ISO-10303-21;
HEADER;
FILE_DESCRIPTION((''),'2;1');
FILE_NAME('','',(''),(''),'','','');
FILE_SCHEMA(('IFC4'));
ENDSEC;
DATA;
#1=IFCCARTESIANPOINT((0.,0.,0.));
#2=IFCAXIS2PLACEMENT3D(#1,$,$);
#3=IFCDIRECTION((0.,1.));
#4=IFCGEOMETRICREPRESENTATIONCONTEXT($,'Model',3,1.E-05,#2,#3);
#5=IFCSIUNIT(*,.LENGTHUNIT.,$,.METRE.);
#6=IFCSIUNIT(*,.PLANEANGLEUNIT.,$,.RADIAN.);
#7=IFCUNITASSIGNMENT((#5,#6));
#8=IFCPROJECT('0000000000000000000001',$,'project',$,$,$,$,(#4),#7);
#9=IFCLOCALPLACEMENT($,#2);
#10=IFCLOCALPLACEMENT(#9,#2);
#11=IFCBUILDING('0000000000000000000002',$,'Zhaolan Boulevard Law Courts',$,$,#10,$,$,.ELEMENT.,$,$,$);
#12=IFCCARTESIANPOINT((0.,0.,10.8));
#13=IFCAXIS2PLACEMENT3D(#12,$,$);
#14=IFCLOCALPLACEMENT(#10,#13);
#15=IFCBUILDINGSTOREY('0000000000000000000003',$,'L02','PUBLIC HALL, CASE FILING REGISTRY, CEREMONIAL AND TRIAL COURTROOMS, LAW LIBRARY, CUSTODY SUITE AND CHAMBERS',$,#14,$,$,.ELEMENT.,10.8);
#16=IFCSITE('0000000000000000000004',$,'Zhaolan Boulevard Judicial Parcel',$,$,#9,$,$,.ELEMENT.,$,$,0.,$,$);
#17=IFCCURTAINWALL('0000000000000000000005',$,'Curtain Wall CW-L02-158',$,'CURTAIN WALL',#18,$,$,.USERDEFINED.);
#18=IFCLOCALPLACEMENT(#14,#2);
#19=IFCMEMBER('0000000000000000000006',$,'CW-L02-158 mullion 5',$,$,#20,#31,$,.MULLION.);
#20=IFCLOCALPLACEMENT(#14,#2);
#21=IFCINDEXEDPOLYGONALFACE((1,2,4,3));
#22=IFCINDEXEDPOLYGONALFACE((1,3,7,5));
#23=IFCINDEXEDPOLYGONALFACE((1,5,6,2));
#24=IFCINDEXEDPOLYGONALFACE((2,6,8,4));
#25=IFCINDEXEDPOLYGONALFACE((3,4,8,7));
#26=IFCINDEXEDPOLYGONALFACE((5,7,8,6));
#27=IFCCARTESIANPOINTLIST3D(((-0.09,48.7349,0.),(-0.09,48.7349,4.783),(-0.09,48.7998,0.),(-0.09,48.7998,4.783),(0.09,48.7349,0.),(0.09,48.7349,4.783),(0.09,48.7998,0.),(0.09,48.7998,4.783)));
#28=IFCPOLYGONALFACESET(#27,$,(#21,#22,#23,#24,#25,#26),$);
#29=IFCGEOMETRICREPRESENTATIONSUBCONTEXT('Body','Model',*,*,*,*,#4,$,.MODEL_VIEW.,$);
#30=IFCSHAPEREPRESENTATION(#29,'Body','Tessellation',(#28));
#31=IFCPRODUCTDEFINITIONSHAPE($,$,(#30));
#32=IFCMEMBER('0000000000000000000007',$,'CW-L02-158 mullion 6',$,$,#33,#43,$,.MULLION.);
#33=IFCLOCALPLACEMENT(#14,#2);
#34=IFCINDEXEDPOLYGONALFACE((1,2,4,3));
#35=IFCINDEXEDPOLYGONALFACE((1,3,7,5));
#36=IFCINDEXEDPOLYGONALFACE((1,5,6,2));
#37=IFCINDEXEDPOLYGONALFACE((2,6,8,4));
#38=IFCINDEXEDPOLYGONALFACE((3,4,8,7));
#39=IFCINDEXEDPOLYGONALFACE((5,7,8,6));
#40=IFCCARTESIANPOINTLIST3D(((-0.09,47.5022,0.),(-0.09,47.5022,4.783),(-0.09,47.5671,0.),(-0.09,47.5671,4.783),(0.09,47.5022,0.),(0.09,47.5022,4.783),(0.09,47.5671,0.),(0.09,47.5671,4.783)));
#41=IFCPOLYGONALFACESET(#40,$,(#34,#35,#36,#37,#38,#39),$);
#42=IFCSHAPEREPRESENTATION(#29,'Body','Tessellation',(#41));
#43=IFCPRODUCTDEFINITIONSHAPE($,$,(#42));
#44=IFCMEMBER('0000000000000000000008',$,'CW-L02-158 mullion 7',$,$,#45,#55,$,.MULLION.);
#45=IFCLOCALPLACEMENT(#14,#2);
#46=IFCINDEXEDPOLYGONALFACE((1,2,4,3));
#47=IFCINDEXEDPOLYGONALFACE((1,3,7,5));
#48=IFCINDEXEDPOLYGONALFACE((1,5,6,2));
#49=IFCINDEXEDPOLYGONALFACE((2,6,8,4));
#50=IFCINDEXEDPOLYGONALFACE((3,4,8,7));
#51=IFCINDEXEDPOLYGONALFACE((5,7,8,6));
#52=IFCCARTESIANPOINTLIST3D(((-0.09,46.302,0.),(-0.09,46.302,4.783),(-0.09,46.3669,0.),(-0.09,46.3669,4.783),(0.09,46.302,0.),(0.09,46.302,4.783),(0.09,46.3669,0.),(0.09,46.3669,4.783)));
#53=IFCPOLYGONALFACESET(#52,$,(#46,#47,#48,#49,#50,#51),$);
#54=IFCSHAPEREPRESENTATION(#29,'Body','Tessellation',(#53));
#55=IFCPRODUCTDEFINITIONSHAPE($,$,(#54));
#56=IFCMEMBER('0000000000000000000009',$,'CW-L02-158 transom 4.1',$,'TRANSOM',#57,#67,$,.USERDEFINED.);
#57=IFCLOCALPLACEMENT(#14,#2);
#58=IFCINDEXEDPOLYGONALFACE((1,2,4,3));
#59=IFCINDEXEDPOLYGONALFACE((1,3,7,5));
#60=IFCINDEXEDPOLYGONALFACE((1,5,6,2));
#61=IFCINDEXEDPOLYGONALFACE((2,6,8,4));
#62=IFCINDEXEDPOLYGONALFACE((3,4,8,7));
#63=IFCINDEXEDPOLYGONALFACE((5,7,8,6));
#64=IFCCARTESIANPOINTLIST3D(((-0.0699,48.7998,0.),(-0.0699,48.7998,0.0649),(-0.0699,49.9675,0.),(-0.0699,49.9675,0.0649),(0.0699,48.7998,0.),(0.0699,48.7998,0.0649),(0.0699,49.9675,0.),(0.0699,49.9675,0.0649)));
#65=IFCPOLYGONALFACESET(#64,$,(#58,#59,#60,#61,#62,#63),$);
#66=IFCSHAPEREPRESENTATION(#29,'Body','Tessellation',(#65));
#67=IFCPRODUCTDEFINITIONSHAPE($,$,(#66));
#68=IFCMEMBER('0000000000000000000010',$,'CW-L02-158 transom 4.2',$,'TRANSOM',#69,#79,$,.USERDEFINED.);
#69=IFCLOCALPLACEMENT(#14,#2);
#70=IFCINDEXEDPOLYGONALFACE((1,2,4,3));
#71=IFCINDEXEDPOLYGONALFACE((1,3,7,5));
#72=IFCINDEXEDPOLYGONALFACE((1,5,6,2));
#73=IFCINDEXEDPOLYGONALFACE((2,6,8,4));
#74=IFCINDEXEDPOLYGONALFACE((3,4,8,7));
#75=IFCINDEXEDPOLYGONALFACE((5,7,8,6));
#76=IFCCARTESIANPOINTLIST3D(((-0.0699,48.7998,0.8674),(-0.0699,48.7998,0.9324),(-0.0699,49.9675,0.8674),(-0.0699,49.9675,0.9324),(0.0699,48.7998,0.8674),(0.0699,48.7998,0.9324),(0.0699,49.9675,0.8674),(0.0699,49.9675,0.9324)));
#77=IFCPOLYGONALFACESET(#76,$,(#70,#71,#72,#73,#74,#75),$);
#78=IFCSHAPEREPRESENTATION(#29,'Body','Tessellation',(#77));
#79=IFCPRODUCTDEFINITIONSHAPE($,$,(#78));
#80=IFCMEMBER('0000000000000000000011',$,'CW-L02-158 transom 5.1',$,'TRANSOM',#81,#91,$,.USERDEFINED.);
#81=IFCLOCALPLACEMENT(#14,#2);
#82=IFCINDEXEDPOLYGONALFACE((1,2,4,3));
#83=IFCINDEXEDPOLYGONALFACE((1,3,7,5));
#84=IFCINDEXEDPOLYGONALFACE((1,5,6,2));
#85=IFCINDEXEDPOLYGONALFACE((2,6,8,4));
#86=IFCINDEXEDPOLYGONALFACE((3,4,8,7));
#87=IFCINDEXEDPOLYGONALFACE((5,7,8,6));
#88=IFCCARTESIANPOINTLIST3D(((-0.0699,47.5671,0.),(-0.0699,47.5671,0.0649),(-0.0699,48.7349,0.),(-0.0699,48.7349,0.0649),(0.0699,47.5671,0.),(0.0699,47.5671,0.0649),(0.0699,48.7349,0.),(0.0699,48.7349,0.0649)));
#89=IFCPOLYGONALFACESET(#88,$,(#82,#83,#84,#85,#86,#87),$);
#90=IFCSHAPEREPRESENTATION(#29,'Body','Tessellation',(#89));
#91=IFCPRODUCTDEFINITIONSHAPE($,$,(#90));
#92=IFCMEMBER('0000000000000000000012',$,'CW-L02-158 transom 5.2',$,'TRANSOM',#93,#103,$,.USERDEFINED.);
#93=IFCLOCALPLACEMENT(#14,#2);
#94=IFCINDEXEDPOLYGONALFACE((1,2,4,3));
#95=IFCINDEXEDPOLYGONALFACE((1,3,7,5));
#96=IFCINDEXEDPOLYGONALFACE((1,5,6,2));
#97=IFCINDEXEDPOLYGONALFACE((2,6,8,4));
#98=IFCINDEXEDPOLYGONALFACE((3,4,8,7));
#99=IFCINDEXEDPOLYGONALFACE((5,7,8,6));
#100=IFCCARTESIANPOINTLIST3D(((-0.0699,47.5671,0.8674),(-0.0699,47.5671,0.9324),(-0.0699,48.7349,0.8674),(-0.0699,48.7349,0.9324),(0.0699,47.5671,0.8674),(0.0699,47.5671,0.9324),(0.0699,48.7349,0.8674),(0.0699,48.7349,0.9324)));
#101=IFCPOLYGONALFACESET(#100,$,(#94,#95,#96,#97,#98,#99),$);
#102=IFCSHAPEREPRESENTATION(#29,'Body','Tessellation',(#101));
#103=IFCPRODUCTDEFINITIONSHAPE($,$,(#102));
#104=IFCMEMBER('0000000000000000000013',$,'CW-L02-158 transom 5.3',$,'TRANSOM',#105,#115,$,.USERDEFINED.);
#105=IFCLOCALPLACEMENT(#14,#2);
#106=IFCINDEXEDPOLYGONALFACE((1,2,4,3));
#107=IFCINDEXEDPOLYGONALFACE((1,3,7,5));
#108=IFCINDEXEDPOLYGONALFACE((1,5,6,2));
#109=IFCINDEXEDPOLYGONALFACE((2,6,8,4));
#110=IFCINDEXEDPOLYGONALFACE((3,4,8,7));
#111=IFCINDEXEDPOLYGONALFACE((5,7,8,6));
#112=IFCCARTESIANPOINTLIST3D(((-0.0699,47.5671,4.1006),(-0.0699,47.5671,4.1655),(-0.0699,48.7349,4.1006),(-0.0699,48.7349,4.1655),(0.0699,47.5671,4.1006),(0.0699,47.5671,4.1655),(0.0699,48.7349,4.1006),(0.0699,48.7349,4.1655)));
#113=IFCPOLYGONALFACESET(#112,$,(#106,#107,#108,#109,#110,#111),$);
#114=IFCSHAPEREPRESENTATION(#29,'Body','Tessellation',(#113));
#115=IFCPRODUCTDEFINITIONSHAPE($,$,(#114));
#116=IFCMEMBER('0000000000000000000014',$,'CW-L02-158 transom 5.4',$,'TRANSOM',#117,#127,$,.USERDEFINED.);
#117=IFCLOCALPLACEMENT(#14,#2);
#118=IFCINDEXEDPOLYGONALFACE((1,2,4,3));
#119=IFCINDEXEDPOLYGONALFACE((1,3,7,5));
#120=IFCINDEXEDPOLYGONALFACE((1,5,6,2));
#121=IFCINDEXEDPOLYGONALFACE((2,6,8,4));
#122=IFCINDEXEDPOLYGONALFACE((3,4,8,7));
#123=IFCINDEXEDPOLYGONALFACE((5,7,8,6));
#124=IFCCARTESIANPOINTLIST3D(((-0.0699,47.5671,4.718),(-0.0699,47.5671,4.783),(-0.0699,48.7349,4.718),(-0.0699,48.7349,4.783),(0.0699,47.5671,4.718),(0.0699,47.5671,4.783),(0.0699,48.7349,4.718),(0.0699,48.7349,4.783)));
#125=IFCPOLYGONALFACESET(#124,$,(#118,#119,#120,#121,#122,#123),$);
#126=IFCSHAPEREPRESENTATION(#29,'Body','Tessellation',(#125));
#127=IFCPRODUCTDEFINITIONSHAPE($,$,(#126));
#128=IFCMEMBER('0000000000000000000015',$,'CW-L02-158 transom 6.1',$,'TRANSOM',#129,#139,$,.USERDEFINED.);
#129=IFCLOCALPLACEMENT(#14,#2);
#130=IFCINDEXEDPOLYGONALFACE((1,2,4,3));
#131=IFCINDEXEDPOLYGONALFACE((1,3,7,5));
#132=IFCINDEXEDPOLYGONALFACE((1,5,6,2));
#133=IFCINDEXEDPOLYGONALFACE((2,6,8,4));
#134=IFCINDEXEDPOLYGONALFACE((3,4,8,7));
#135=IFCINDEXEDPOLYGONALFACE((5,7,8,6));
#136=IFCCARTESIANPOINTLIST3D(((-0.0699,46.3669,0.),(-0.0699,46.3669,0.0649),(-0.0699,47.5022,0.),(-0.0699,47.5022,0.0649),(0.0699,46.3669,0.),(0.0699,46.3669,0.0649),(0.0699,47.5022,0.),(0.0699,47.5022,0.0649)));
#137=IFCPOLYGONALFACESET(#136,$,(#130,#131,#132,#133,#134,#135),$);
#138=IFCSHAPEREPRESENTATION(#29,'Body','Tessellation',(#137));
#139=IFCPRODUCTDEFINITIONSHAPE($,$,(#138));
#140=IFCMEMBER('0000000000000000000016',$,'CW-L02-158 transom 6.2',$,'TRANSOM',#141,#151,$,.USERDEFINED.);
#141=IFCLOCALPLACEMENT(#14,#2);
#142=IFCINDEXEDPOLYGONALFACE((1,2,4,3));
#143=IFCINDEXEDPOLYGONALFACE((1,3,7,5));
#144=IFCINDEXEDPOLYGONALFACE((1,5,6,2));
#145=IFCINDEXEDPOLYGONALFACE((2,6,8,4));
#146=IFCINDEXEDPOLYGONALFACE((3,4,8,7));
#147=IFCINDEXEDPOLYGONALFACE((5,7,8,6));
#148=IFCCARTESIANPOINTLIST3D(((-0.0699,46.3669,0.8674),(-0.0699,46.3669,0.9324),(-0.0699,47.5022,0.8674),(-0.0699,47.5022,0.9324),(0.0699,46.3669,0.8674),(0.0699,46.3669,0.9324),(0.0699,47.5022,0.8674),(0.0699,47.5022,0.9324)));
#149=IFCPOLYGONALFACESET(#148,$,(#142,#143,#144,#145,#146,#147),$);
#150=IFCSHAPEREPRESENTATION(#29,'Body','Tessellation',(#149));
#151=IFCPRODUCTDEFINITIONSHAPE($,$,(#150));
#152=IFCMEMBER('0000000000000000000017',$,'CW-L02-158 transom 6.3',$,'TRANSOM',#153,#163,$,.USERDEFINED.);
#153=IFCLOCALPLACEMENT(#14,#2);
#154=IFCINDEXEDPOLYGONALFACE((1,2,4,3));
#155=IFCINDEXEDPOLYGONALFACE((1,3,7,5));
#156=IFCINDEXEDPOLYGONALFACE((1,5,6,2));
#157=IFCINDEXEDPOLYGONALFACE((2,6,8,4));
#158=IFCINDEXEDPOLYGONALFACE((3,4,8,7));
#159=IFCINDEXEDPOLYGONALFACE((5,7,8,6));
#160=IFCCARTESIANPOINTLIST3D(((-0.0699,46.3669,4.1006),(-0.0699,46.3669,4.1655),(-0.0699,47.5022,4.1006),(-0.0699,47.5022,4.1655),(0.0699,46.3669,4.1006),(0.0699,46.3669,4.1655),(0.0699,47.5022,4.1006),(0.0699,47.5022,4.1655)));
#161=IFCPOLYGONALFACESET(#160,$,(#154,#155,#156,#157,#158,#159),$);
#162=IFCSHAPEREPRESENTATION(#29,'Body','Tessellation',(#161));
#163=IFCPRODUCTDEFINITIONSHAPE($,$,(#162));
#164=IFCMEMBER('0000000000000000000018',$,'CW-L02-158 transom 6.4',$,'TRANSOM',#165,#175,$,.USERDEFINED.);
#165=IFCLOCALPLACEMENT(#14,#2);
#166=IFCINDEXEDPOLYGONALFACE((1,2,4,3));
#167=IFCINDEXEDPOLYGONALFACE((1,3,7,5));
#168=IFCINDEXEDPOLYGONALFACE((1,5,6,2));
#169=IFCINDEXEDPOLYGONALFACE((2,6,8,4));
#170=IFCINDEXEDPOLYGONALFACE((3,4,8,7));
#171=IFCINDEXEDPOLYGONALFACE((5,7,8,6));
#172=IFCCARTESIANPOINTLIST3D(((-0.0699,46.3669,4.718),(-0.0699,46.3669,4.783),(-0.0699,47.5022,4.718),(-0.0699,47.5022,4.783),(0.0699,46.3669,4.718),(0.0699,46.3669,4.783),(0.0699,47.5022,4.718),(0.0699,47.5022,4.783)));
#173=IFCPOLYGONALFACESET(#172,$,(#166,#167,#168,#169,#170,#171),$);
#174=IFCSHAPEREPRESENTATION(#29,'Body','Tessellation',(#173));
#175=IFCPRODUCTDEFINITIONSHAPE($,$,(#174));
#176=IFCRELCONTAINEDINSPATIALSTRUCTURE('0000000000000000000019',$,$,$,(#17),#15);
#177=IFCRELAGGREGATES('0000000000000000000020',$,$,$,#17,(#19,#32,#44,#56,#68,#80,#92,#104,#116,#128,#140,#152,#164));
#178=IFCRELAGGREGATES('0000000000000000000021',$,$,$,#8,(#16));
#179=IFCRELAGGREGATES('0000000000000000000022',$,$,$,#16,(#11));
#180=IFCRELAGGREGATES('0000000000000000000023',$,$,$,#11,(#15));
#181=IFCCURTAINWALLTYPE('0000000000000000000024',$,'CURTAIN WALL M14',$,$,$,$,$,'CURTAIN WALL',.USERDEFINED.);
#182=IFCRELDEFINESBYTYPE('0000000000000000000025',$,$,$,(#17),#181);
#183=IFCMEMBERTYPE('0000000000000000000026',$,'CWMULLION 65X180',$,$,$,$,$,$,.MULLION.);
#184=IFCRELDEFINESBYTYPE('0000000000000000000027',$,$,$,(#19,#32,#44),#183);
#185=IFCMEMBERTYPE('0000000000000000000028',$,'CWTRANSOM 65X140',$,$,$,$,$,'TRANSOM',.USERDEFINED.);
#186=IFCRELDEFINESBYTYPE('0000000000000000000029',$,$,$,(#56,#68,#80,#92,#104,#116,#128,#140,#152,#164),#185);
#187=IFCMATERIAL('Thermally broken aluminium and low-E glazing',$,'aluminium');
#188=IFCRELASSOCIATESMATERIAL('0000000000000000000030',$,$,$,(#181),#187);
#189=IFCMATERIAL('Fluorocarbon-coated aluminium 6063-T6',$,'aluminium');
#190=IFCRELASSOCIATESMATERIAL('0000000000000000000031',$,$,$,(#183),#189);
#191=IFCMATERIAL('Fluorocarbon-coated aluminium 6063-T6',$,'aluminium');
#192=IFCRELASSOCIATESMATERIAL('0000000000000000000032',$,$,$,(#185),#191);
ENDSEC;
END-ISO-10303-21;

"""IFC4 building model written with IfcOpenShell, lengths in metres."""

from ifc_helpers import new_model, si_unit, direction, frame, origin, origin_2d, place, context, subcontext, project, spatial, rectangle, extrude, material, material_profile, profile_set, type_object, element, aggregate, save


model = new_model("IFC4")

# Units and contexts
model_context = context("Model", 3, precision=1e-05, world=origin(), true_north=direction((0.0, 1.0)))
body_context = subcontext(model_context, "Body", "Model", "MODEL_VIEW")
ifc_project = project(units=[si_unit("LENGTHUNIT", "METRE"), si_unit("PLANEANGLEUNIT", "RADIAN")], contexts=[model_context])

# Site, building, storey
site_placement = place(None, origin())
site = spatial("IfcSite", under=ifc_project, at=site_placement, Name="Zhaolan Boulevard Judicial Parcel", CompositionType="ELEMENT", RefElevation=0.0)
building_placement = place(site_placement, origin())
building = spatial("IfcBuilding", under=site, at=building_placement, Name="Zhaolan Boulevard Law Courts", CompositionType="ELEMENT")
storey_placement = place(building_placement, frame((0.0, 0.0, 10.8)))
storey = spatial("IfcBuildingStorey", under=building, at=storey_placement, Name="L02", Description="PUBLIC HALL, CASE FILING REGISTRY, CEREMONIAL AND TRIAL COURTROOMS, LAW LIBRARY, CUSTODY SUITE AND CHAMBERS", CompositionType="ELEMENT", Elevation=10.8)

# Curtain wall, members
ifc_material_1 = material(Name="Thermally broken aluminium and low-E glazing", Category="aluminium")
curtain_wall_type = type_object("IfcCurtainWallType", Name="CURTAIN WALL M14", ElementType="CURTAIN WALL", PredefinedType="USERDEFINED", material=ifc_material_1)
curtain_wall_placement = place(storey_placement, origin())
curtain_wall = element("IfcCurtainWall", 1, at=curtain_wall_placement, inside=storey, type_object=curtain_wall_type, Name="Curtain Wall CW-L02-158", ObjectType="CURTAIN WALL", PredefinedType="USERDEFINED")
ifc_material_2 = material(Name="Fluorocarbon-coated aluminium 6063-T6", Category="aluminium")
ifc_material_profile_1 = material_profile(ifc_material_2, rectangle(XDim=0.1799, YDim=0.0649, at=origin_2d()), Name="AL65x180")
ifc_profile_set_1 = profile_set([ifc_material_profile_1], Name="Fluorocarbon-coated aluminium 6063-T6")
member_type_1 = type_object("IfcMemberType", Name="CWMULLION 65X180", PredefinedType="MULLION", material=ifc_profile_set_1)
member_1_placement = place(storey_placement, frame((0.0, 48.7673, 0.0), z_axis=(0.0, 0.0, 1.0), x_axis=(1.0, 0.0, 0.0)))
member_1 = element("IfcMember", 2, at=member_1_placement, type_object=member_type_1, Name="CW-L02-158 mullion 5", PredefinedType="MULLION", context=body_context, shape_type="SweptSolid", body=[
    extrude(rectangle(XDim=0.1799, YDim=0.0649, at=origin_2d()), origin(), (0.0, 0.0, 1.0), 4.783),
])
member_2_placement = place(storey_placement, frame((0.0, 47.5347, 0.0), z_axis=(0.0, 0.0, 1.0), x_axis=(1.0, 0.0, 0.0)))
member_2 = element("IfcMember", 3, at=member_2_placement, type_object=member_type_1, Name="CW-L02-158 mullion 6", PredefinedType="MULLION", context=body_context, shape_type="SweptSolid", body=[
    extrude(rectangle(XDim=0.1799, YDim=0.0649, at=origin_2d()), origin(), (0.0, 0.0, 1.0), 4.783),
])
member_3_placement = place(storey_placement, frame((0.0, 46.3345, 0.0), z_axis=(0.0, 0.0, 1.0), x_axis=(1.0, 0.0, 0.0)))
member_3 = element("IfcMember", 4, at=member_3_placement, type_object=member_type_1, Name="CW-L02-158 mullion 7", PredefinedType="MULLION", context=body_context, shape_type="SweptSolid", body=[
    extrude(rectangle(XDim=0.1799, YDim=0.0649, at=origin_2d()), origin(), (0.0, 0.0, 1.0), 4.783),
])
ifc_material_3 = material(Name="Fluorocarbon-coated aluminium 6063-T6", Category="aluminium")
ifc_material_profile_2 = material_profile(ifc_material_3, rectangle(XDim=0.1399, YDim=0.0649, at=origin_2d()), Name="AL65x140")
ifc_profile_set_2 = profile_set([ifc_material_profile_2], Name="Fluorocarbon-coated aluminium 6063-T6")
member_type_2 = type_object("IfcMemberType", Name="CWTRANSOM 65X140", ElementType="TRANSOM", PredefinedType="USERDEFINED", material=ifc_profile_set_2)
member_4_placement = place(storey_placement, frame((0.0, 49.9675, 0.0325), z_axis=(0.0, -1.0, 0.0), x_axis=(1.0, 0.0, 0.0)))
member_4 = element("IfcMember", 5, at=member_4_placement, type_object=member_type_2, Name="CW-L02-158 transom 4.1", ObjectType="TRANSOM", PredefinedType="USERDEFINED", context=body_context, shape_type="SweptSolid", body=[
    extrude(rectangle(XDim=0.1399, YDim=0.0649, at=origin_2d()), origin(), (0.0, 0.0, 1.0), 1.1677),
])
member_5_placement = place(storey_placement, frame((0.0, 49.9675, 0.8999), z_axis=(0.0, -1.0, 0.0), x_axis=(1.0, 0.0, 0.0)))
member_5 = element("IfcMember", 6, at=member_5_placement, type_object=member_type_2, Name="CW-L02-158 transom 4.2", ObjectType="TRANSOM", PredefinedType="USERDEFINED", context=body_context, shape_type="SweptSolid", body=[
    extrude(rectangle(XDim=0.1399, YDim=0.0649, at=origin_2d()), origin(), (0.0, 0.0, 1.0), 1.1677),
])
member_6_placement = place(storey_placement, frame((0.0, 48.7349, 0.0325), z_axis=(0.0, -1.0, 0.0), x_axis=(1.0, 0.0, 0.0)))
member_6 = element("IfcMember", 7, at=member_6_placement, type_object=member_type_2, Name="CW-L02-158 transom 5.1", ObjectType="TRANSOM", PredefinedType="USERDEFINED", context=body_context, shape_type="SweptSolid", body=[
    extrude(rectangle(XDim=0.1399, YDim=0.0649, at=origin_2d()), origin(), (0.0, 0.0, 1.0), 1.1677),
])
member_7_placement = place(storey_placement, frame((0.0, 48.7349, 0.8999), z_axis=(0.0, -1.0, 0.0), x_axis=(1.0, 0.0, 0.0)))
member_7 = element("IfcMember", 8, at=member_7_placement, type_object=member_type_2, Name="CW-L02-158 transom 5.2", ObjectType="TRANSOM", PredefinedType="USERDEFINED", context=body_context, shape_type="SweptSolid", body=[
    extrude(rectangle(XDim=0.1399, YDim=0.0649, at=origin_2d()), origin(), (0.0, 0.0, 1.0), 1.1677),
])
member_8_placement = place(storey_placement, frame((0.0, 48.7349, 4.1331), z_axis=(0.0, -1.0, 0.0), x_axis=(1.0, 0.0, 0.0)))
member_8 = element("IfcMember", 9, at=member_8_placement, type_object=member_type_2, Name="CW-L02-158 transom 5.3", ObjectType="TRANSOM", PredefinedType="USERDEFINED", context=body_context, shape_type="SweptSolid", body=[
    extrude(rectangle(XDim=0.1399, YDim=0.0649, at=origin_2d()), origin(), (0.0, 0.0, 1.0), 1.1677),
])
member_9_placement = place(storey_placement, frame((0.0, 48.7349, 4.7505), z_axis=(0.0, -1.0, 0.0), x_axis=(1.0, 0.0, 0.0)))
member_9 = element("IfcMember", 10, at=member_9_placement, type_object=member_type_2, Name="CW-L02-158 transom 5.4", ObjectType="TRANSOM", PredefinedType="USERDEFINED", context=body_context, shape_type="SweptSolid", body=[
    extrude(rectangle(XDim=0.1399, YDim=0.0649, at=origin_2d()), origin(), (0.0, 0.0, 1.0), 1.1677),
])
member_10_placement = place(storey_placement, frame((0.0, 47.5022, 0.0325), z_axis=(0.0, -1.0, 0.0), x_axis=(1.0, 0.0, 0.0)))
member_10 = element("IfcMember", 11, at=member_10_placement, type_object=member_type_2, Name="CW-L02-158 transom 6.1", ObjectType="TRANSOM", PredefinedType="USERDEFINED", context=body_context, shape_type="SweptSolid", body=[
    extrude(rectangle(XDim=0.1399, YDim=0.0649, at=origin_2d()), origin(), (0.0, 0.0, 1.0), 1.1353),
])
member_11_placement = place(storey_placement, frame((0.0, 47.5022, 0.8999), z_axis=(0.0, -1.0, 0.0), x_axis=(1.0, 0.0, 0.0)))
member_11 = element("IfcMember", 12, at=member_11_placement, type_object=member_type_2, Name="CW-L02-158 transom 6.2", ObjectType="TRANSOM", PredefinedType="USERDEFINED", context=body_context, shape_type="SweptSolid", body=[
    extrude(rectangle(XDim=0.1399, YDim=0.0649, at=origin_2d()), origin(), (0.0, 0.0, 1.0), 1.1353),
])
member_12_placement = place(storey_placement, frame((0.0, 47.5022, 4.1331), z_axis=(0.0, -1.0, 0.0), x_axis=(1.0, 0.0, 0.0)))
member_12 = element("IfcMember", 13, at=member_12_placement, type_object=member_type_2, Name="CW-L02-158 transom 6.3", ObjectType="TRANSOM", PredefinedType="USERDEFINED", context=body_context, shape_type="SweptSolid", body=[
    extrude(rectangle(XDim=0.1399, YDim=0.0649, at=origin_2d()), origin(), (0.0, 0.0, 1.0), 1.1353),
])
member_13_placement = place(storey_placement, frame((0.0, 47.5022, 4.7505), z_axis=(0.0, -1.0, 0.0), x_axis=(1.0, 0.0, 0.0)))
member_13 = element("IfcMember", 14, at=member_13_placement, type_object=member_type_2, Name="CW-L02-158 transom 6.4", ObjectType="TRANSOM", PredefinedType="USERDEFINED", context=body_context, shape_type="SweptSolid", body=[
    extrude(rectangle(XDim=0.1399, YDim=0.0649, at=origin_2d()), origin(), (0.0, 0.0, 1.0), 1.1353),
])

aggregate(curtain_wall, [member_1, member_2, member_3, member_4, member_5, member_6, member_7, member_8, member_9, member_10, member_11, member_12, member_13])

save(model, "model.ifc")
